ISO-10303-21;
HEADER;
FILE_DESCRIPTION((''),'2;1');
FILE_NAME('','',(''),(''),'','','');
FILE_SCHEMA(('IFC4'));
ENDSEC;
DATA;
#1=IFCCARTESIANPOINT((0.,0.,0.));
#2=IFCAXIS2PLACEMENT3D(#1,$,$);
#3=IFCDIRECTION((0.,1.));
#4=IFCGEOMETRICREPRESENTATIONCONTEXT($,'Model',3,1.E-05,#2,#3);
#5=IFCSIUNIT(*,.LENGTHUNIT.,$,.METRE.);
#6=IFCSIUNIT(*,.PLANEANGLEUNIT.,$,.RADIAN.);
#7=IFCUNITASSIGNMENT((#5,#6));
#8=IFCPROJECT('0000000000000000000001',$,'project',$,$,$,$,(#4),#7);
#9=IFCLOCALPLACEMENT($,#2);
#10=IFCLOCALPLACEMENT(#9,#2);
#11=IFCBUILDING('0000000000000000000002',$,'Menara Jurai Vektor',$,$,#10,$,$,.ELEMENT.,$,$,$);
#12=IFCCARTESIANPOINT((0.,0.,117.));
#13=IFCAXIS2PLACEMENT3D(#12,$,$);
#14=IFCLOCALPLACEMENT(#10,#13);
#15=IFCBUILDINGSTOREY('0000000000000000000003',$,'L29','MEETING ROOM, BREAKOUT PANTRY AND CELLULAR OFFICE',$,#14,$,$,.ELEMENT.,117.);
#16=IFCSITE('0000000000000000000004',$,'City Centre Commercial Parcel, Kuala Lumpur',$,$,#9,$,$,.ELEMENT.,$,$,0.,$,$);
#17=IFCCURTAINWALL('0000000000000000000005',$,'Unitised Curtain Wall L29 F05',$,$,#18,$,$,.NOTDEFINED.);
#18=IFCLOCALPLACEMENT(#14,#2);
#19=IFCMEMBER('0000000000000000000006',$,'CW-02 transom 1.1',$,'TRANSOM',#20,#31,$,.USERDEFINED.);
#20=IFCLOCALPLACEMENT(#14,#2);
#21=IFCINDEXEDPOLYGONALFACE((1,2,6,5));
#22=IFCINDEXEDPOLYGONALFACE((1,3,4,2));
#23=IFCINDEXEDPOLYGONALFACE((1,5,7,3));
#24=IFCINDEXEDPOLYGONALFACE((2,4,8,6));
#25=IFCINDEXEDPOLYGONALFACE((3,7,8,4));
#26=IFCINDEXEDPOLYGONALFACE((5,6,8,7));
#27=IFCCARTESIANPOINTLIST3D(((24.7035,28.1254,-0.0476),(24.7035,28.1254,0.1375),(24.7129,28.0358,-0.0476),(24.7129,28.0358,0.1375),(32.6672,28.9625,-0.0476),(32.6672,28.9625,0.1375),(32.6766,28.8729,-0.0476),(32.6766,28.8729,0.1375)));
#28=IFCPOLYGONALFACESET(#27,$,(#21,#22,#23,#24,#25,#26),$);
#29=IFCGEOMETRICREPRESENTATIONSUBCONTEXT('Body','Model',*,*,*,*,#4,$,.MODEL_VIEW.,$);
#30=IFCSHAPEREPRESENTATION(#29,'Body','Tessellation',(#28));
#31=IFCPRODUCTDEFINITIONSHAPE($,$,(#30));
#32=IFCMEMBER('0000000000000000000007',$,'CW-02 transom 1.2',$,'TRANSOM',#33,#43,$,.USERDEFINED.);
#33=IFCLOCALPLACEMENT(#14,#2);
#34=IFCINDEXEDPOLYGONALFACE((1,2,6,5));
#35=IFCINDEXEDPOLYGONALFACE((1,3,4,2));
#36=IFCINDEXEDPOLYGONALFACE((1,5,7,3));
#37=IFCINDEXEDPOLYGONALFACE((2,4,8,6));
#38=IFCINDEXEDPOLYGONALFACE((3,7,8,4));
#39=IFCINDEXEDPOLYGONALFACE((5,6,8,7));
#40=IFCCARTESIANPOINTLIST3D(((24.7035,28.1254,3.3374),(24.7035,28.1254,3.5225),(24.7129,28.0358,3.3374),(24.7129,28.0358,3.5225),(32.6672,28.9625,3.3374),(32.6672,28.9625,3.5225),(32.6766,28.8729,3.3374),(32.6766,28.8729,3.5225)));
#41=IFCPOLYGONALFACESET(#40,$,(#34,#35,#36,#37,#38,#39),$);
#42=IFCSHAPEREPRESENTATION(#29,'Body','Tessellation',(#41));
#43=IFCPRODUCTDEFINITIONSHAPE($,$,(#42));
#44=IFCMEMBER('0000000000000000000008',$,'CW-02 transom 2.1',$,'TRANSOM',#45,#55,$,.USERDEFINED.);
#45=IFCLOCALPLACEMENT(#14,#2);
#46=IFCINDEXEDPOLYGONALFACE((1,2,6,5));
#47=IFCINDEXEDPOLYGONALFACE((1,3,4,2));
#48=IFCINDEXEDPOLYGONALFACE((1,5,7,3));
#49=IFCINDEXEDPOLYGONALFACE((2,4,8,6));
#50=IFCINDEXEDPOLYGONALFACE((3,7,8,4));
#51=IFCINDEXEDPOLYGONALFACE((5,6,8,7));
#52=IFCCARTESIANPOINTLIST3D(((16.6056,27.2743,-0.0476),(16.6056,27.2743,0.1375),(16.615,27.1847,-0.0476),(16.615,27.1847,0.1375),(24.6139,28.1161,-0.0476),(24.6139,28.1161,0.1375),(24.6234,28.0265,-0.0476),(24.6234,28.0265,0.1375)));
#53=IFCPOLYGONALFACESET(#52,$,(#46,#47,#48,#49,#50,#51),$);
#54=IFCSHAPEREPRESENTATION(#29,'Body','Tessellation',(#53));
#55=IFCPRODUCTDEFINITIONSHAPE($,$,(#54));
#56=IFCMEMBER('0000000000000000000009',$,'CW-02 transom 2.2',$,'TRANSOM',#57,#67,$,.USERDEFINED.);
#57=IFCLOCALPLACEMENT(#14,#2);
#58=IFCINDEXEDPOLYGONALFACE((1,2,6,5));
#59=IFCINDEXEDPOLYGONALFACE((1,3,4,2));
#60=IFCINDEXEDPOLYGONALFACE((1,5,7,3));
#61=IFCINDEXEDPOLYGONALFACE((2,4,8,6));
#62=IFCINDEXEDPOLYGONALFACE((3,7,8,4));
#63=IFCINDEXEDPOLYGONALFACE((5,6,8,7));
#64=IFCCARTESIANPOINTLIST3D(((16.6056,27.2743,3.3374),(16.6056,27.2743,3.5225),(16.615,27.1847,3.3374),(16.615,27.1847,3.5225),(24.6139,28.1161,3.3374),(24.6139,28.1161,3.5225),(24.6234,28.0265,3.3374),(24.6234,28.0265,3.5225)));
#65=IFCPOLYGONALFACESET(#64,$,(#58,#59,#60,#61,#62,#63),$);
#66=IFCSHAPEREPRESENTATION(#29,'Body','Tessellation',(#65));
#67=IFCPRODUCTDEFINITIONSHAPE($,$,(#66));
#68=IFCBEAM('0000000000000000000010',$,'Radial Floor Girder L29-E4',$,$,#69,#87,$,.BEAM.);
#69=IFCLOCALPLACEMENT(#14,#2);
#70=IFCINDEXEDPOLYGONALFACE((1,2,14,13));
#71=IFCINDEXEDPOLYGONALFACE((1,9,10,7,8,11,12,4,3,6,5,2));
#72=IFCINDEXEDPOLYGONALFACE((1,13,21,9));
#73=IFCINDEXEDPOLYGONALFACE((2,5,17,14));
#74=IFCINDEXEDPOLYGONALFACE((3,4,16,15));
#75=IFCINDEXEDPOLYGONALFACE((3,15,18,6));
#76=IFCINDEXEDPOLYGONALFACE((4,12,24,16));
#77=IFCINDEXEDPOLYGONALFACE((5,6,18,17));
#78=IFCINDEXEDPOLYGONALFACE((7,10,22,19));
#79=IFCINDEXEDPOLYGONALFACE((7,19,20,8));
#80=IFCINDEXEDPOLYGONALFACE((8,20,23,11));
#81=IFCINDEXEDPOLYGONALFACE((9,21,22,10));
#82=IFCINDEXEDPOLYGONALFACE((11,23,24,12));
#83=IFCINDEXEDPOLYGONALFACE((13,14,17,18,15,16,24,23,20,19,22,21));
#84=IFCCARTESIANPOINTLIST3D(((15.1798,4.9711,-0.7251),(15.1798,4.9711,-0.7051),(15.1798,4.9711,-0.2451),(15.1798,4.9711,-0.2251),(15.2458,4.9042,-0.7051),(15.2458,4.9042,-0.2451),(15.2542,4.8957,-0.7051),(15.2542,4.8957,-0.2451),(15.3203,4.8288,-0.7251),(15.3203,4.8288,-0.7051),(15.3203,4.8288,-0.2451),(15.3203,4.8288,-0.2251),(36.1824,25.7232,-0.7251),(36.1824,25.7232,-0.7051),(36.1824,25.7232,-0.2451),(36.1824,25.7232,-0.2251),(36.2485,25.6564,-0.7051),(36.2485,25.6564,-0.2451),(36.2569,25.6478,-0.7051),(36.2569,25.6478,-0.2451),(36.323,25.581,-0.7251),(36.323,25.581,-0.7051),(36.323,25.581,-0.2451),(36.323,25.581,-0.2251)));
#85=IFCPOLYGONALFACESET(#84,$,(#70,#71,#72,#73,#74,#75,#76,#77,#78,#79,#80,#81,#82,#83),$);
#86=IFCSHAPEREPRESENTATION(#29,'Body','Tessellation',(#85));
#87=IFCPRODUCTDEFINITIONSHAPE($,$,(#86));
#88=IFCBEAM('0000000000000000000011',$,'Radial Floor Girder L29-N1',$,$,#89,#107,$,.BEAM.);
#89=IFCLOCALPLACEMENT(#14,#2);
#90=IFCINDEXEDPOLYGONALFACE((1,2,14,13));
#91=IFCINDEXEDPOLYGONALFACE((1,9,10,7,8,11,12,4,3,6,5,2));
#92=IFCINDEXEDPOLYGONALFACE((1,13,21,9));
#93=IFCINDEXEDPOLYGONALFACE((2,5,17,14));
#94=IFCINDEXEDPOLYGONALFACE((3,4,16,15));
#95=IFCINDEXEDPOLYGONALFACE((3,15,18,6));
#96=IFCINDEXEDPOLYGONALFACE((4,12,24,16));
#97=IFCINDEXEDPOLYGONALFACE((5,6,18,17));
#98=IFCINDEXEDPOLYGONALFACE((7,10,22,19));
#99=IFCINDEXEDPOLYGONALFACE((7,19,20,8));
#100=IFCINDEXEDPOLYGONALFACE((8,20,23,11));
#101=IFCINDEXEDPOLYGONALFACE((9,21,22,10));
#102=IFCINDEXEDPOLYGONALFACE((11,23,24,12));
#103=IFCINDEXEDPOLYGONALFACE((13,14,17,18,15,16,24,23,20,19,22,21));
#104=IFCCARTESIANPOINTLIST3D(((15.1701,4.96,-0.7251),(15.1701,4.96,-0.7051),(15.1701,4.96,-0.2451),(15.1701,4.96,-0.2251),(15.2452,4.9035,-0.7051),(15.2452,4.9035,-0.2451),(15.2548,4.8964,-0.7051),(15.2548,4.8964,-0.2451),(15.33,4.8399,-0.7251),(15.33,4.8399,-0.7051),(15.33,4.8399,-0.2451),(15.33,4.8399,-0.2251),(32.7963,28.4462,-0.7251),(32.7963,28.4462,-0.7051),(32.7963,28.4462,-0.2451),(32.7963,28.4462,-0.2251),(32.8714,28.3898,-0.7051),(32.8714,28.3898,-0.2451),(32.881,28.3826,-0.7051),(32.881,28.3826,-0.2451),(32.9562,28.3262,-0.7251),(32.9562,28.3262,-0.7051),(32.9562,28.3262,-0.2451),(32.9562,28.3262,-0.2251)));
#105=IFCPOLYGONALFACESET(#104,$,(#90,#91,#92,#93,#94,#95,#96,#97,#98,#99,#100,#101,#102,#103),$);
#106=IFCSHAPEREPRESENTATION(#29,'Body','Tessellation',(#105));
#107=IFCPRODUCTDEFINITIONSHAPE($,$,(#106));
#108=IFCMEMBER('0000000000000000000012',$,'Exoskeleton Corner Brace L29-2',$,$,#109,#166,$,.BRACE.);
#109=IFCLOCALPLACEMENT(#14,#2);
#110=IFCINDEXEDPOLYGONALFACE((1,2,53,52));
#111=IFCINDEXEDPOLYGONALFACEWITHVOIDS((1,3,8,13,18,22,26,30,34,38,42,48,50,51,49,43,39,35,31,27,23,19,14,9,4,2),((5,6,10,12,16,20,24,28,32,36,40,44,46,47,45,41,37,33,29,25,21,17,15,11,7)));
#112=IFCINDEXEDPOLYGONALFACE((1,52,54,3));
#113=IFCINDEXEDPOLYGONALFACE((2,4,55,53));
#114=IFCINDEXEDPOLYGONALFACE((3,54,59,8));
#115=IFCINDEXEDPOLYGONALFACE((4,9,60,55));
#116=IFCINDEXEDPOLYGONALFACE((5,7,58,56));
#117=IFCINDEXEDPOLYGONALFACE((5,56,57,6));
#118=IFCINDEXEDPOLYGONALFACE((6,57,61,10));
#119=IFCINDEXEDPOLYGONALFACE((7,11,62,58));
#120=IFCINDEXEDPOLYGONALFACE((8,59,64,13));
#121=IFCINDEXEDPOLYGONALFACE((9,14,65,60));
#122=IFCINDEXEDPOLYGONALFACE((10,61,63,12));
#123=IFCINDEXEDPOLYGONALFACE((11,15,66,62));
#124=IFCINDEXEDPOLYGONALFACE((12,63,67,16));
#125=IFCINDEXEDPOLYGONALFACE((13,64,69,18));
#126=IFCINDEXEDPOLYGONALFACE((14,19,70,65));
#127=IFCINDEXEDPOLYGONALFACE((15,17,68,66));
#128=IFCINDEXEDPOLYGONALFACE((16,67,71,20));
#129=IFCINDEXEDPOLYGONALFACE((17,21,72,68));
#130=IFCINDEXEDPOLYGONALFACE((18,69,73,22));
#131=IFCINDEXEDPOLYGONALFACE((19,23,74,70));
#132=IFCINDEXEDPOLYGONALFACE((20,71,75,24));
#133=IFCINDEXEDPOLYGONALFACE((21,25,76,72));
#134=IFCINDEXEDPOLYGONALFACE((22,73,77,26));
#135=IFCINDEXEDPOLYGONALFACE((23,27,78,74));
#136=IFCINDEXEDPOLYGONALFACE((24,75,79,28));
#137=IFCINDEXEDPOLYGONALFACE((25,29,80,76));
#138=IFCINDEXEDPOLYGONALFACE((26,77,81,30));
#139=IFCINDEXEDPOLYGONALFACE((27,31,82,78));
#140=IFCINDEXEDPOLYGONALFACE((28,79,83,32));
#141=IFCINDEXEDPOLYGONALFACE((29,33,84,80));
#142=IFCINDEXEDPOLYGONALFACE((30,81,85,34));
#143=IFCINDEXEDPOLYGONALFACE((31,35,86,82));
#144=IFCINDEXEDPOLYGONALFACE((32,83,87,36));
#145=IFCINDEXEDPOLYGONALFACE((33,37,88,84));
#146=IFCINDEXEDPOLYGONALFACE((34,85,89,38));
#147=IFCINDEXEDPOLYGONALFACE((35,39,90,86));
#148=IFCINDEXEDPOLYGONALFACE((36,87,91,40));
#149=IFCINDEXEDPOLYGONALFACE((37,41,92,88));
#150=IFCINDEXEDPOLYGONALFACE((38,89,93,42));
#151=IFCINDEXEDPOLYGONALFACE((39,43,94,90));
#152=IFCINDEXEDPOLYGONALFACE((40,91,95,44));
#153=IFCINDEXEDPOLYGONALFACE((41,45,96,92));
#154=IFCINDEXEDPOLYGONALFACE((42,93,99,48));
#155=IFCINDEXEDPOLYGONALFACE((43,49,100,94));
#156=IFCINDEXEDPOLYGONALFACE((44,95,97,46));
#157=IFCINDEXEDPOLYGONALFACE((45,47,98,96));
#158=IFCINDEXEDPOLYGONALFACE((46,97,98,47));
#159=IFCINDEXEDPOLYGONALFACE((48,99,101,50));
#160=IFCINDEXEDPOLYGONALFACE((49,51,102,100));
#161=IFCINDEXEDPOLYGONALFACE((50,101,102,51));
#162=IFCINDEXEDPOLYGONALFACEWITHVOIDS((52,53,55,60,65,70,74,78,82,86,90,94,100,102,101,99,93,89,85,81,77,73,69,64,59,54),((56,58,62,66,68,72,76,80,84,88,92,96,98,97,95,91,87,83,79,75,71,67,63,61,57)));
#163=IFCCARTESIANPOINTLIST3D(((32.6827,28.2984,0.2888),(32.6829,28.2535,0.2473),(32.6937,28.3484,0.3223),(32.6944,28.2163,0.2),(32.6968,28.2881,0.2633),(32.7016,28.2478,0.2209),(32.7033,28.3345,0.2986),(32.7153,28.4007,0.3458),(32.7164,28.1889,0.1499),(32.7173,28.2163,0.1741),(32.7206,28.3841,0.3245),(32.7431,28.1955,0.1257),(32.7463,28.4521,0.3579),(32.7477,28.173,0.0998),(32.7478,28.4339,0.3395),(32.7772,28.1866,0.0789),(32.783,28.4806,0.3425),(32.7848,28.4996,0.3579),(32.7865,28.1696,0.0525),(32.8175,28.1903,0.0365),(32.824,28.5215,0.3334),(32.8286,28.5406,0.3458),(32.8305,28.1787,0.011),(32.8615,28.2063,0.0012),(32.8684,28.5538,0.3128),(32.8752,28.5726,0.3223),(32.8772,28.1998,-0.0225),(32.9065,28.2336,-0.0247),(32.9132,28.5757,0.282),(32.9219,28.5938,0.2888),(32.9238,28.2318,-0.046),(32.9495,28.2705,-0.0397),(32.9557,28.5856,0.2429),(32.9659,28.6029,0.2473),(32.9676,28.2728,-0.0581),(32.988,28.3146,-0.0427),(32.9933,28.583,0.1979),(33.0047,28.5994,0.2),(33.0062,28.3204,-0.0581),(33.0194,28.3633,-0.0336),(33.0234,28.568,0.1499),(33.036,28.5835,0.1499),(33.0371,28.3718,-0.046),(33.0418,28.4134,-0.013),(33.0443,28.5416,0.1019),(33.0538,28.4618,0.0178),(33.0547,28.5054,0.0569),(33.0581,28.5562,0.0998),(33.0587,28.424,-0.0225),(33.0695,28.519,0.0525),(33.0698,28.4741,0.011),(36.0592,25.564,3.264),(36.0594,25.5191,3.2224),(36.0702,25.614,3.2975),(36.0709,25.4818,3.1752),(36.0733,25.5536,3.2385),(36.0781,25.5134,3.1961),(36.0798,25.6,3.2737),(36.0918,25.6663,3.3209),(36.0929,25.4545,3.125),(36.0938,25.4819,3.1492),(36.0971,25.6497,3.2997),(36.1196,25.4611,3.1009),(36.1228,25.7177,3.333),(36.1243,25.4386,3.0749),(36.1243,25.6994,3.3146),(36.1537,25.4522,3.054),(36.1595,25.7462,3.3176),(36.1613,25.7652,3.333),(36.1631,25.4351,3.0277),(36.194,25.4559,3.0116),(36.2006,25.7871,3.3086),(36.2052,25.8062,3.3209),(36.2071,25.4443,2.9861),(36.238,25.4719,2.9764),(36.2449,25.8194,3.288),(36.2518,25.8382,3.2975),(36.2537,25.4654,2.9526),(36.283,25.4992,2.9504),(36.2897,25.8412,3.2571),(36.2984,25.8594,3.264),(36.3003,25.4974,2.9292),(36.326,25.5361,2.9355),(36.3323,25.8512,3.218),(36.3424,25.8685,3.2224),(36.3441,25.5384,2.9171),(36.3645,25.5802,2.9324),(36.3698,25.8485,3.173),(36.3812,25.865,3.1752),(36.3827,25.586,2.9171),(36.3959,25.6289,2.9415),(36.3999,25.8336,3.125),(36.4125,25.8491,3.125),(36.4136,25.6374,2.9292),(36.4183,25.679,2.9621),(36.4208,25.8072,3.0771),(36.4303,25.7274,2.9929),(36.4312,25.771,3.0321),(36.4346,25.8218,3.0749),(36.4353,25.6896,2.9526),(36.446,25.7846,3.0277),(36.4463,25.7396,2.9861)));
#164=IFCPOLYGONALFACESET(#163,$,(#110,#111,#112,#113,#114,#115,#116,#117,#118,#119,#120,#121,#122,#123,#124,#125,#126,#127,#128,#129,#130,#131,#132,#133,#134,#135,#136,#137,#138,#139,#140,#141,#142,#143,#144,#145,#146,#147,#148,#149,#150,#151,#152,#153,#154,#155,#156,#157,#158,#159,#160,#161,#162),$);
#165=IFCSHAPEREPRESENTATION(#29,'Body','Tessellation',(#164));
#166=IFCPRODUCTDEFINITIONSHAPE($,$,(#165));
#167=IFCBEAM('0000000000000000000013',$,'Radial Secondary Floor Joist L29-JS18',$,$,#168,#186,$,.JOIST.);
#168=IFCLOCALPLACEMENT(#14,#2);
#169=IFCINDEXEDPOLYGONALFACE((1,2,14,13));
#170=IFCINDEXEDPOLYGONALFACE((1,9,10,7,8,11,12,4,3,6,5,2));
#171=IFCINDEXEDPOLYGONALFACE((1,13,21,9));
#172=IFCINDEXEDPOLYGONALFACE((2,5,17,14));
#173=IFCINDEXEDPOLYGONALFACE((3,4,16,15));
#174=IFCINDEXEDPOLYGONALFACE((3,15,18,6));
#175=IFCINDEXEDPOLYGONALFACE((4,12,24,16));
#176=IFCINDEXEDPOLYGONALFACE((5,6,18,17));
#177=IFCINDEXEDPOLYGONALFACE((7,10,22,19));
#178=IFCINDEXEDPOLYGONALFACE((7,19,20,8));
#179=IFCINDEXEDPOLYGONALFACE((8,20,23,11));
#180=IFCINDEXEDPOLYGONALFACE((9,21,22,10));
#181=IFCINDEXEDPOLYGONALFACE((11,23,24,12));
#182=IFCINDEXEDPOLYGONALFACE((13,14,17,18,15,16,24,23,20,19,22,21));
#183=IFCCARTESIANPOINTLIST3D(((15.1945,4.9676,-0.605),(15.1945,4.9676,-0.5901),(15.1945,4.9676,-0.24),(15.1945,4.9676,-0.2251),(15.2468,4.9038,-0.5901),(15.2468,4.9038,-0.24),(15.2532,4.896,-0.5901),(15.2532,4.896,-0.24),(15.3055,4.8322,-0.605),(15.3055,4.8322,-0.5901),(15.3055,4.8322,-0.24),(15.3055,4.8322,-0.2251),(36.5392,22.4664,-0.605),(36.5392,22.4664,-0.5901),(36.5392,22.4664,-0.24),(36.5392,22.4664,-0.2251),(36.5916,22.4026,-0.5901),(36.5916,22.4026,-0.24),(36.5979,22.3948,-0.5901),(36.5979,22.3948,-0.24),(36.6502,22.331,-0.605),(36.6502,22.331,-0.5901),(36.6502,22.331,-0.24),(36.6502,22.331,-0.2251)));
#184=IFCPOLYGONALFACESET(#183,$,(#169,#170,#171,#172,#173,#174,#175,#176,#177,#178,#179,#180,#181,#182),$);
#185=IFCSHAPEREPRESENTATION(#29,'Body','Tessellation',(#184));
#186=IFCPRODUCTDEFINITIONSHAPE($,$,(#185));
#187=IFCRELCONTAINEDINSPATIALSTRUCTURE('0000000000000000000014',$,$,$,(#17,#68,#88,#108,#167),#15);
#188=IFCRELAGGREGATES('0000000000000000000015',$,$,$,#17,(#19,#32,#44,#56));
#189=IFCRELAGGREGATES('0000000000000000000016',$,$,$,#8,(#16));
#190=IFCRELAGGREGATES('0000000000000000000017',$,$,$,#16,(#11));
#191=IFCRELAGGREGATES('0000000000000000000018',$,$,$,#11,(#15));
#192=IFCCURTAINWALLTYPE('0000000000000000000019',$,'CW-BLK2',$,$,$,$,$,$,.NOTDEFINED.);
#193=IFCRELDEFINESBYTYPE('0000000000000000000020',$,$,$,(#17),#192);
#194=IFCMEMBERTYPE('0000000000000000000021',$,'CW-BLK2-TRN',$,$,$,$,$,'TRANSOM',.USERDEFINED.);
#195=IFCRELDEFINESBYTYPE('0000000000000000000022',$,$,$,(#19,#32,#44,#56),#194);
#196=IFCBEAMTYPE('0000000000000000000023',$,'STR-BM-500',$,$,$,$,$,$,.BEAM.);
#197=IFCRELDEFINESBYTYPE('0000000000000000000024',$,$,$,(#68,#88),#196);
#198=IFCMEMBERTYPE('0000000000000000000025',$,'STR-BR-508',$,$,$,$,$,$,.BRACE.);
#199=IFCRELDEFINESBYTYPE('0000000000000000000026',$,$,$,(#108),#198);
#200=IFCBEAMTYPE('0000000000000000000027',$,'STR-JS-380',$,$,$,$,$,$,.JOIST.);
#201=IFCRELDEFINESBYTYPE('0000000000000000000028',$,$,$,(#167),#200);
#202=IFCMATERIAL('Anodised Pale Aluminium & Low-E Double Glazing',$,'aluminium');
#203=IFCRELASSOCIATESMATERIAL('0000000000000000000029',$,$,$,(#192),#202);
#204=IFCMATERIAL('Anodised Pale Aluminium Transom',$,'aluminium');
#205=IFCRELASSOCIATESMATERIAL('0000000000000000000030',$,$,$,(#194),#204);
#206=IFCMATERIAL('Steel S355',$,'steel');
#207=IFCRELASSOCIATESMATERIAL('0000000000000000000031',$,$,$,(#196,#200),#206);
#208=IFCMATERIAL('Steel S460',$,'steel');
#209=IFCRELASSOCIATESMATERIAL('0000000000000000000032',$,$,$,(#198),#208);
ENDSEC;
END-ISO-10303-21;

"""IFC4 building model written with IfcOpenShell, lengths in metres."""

from ifc_helpers import new_model, si_unit, direction, frame, origin, origin_2d, place, context, subcontext, project, spatial, rectangle, hollow_circle, i_section, extrude, material, material_profile, profile_set, type_object, element, aggregate, save


model = new_model("IFC4")

# Units and contexts
model_context = context("Model", 3, precision=1e-05, world=origin(), true_north=direction((0.0, 1.0)))
body_context = subcontext(model_context, "Body", "Model", "MODEL_VIEW")
ifc_project = project(units=[si_unit("LENGTHUNIT", "METRE"), si_unit("PLANEANGLEUNIT", "RADIAN")], contexts=[model_context])

# Site, building, storey
site_placement = place(None, origin())
site = spatial("IfcSite", under=ifc_project, at=site_placement, Name="City Centre Commercial Parcel, Kuala Lumpur", CompositionType="ELEMENT", RefElevation=0.0)
building_placement = place(site_placement, origin())
building = spatial("IfcBuilding", under=site, at=building_placement, Name="Menara Jurai Vektor", CompositionType="ELEMENT")
storey_placement = place(building_placement, frame((0.0, 0.0, 117.0)))
storey = spatial("IfcBuildingStorey", under=building, at=storey_placement, Name="L29", Description="MEETING ROOM, BREAKOUT PANTRY AND CELLULAR OFFICE", CompositionType="ELEMENT", Elevation=117.0)

# Shared definitions
ifc_material_1 = material(Name="Steel S460", Category="steel")

# Shared definitions
ifc_material_2 = material(Name="Anodised Pale Aluminium & Low-E Double Glazing", Category="aluminium")
curtain_wall_type = type_object("IfcCurtainWallType", Name="CW-BLK2", PredefinedType="NOTDEFINED", material=ifc_material_2)

# Curtain wall
curtain_wall_1_placement = place(storey_placement, origin())
curtain_wall_1 = element("IfcCurtainWall", 1, at=curtain_wall_1_placement, inside=storey, type_object=curtain_wall_type, Name="Unitised Curtain Wall L29 F05", PredefinedType="NOTDEFINED")

# Members
ifc_material_3 = material(Name="Anodised Pale Aluminium Transom", Category="aluminium")
ifc_material_profile_1 = material_profile(ifc_material_3, rectangle(XDim=0.0901, YDim=0.1851, at=origin_2d()), Name="ALU TRN 90x185")
ifc_profile_set_1 = profile_set([ifc_material_profile_1], Name="Anodised Pale Aluminium Transom")
member_type_1 = type_object("IfcMemberType", Name="CW-BLK2-TRN", ElementType="TRANSOM", PredefinedType="USERDEFINED", material=ifc_profile_set_1)
member_1_placement = place(storey_placement, frame((32.6719, 28.9177, 0.0449), z_axis=(-0.99452, -0.104547, 0.0), x_axis=(0.104547, -0.99452, 0.0)))
member_1 = element("IfcMember", 2, at=member_1_placement, type_object=member_type_1, Name="CW-02 transom 1.1", ObjectType="TRANSOM", PredefinedType="USERDEFINED", context=body_context, shape_type="SweptSolid", body=[
    extrude(rectangle(XDim=0.0901, YDim=0.1851, at=origin_2d()), origin(), (0.0, 0.0, 1.0), 8.0076),
])
member_2_placement = place(storey_placement, frame((32.6719, 28.9177, 3.4299), z_axis=(-0.99452, -0.104547, 0.0), x_axis=(0.104547, -0.99452, 0.0)))
member_2 = element("IfcMember", 3, at=member_2_placement, type_object=member_type_1, Name="CW-02 transom 1.2", ObjectType="TRANSOM", PredefinedType="USERDEFINED", context=body_context, shape_type="SweptSolid", body=[
    extrude(rectangle(XDim=0.0901, YDim=0.1851, at=origin_2d()), origin(), (0.0, 0.0, 1.0), 8.0076),
])
member_3_placement = place(storey_placement, frame((24.6187, 28.0713, 0.0449), z_axis=(-0.994521, -0.10454, 0.0), x_axis=(0.10454, -0.994521, 0.0)))
member_3 = element("IfcMember", 4, at=member_3_placement, type_object=member_type_1, Name="CW-02 transom 2.1", ObjectType="TRANSOM", PredefinedType="USERDEFINED", context=body_context, shape_type="SweptSolid", body=[
    extrude(rectangle(XDim=0.0901, YDim=0.1851, at=origin_2d()), origin(), (0.0, 0.0, 1.0), 8.0525),
])
member_4_placement = place(storey_placement, frame((24.6187, 28.0713, 3.4299), z_axis=(-0.994521, -0.10454, 0.0), x_axis=(0.10454, -0.994521, 0.0)))
member_4 = element("IfcMember", 5, at=member_4_placement, type_object=member_type_1, Name="CW-02 transom 2.2", ObjectType="TRANSOM", PredefinedType="USERDEFINED", context=body_context, shape_type="SweptSolid", body=[
    extrude(rectangle(XDim=0.0901, YDim=0.1851, at=origin_2d()), origin(), (0.0, 0.0, 1.0), 8.0525),
])

# Beams
ifc_material_4 = material(Name="Steel S355", Category="steel")
ifc_material_profile_2 = material_profile(ifc_material_4, i_section(OverallWidth=0.2, OverallDepth=0.5, WebThickness=0.012, FlangeThickness=0.02, at=origin_2d()), Name="PG 500x200x96")
ifc_profile_set_2 = profile_set([ifc_material_profile_2], Name="Steel S355")
beam_type_1 = type_object("IfcBeamType", Name="STR-BM-500", PredefinedType="BEAM", material=ifc_profile_set_2)
beam_1_placement = place(storey_placement, frame((36.2527, 25.6521, -0.4751), z_axis=(-0.711336, -0.702852, 0.0), x_axis=(0.702852, -0.711336, 0.0)))
element("IfcBeam", 6, at=beam_1_placement, inside=storey, type_object=beam_type_1, Name="Radial Floor Girder L29-E4", PredefinedType="BEAM", context=body_context, shape_type="SweptSolid", body=[
    extrude(i_section(OverallWidth=0.2, OverallDepth=0.5, WebThickness=0.012, FlangeThickness=0.02, at=origin_2d()), origin(), (0.0, 0.0, 1.0), 29.5256),
])
beam_2_placement = place(storey_placement, frame((32.8762, 28.3862, -0.4751), z_axis=(-0.60025, -0.799812, 0.0), x_axis=(0.799812, -0.60025, 0.0)))
element("IfcBeam", 7, at=beam_2_placement, inside=storey, type_object=beam_type_1, Name="Radial Floor Girder L29-N1", PredefinedType="BEAM", context=body_context, shape_type="SweptSolid", body=[
    extrude(i_section(OverallWidth=0.2, OverallDepth=0.5, WebThickness=0.012, FlangeThickness=0.02, at=origin_2d()), origin(), (0.0, 0.0, 1.0), 29.3647),
])

# Member
ifc_material_profile_3 = material_profile(ifc_material_1, hollow_circle(Radius=0.2539, WallThickness=0.02, at=origin_2d()), Name="CHS 508x20")
ifc_profile_set_3 = profile_set([ifc_material_profile_3], Name="Steel S460")
member_type_2 = type_object("IfcMemberType", Name="STR-BR-508", PredefinedType="BRACE", material=ifc_profile_set_3)
member_5_placement = place(storey_placement, frame((32.8762, 28.3862, 0.1499), z_axis=(0.641208, -0.519272, 0.564986), x_axis=(0.629344, 0.777127, 0.0)))
element("IfcMember", 8, at=member_5_placement, inside=storey, type_object=member_type_2, Name="Exoskeleton Corner Brace L29-2", PredefinedType="BRACE", context=body_context, shape_type="SweptSolid", body=[
    extrude(hollow_circle(Radius=0.2539, WallThickness=0.02, at=origin_2d()), origin(), (0.0, 0.0, 1.0), 5.2659),
])

# Beam
ifc_material_profile_4 = material_profile(ifc_material_4, i_section(OverallWidth=0.175, OverallDepth=0.3799, WebThickness=0.01, FlangeThickness=0.0149, at=origin_2d()), Name="PG 380x175x58")
ifc_profile_set_4 = profile_set([ifc_material_profile_4], Name="Steel S355")
beam_type_2 = type_object("IfcBeamType", Name="STR-JS-380", PredefinedType="JOIST", material=ifc_profile_set_4)
beam_3_placement = place(storey_placement, frame((36.5947, 22.3987, -0.415), z_axis=(-0.773337, -0.633995, 0.0), x_axis=(0.633995, -0.773337, 0.0)))
element("IfcBeam", 9, at=beam_3_placement, inside=storey, type_object=beam_type_2, Name="Radial Secondary Floor Joist L29-JS18", PredefinedType="JOIST", context=body_context, shape_type="SweptSolid", body=[
    extrude(i_section(OverallWidth=0.175, OverallDepth=0.3799, WebThickness=0.01, FlangeThickness=0.0149, at=origin_2d()), origin(), (0.0, 0.0, 1.0), 27.6008),
])

aggregate(curtain_wall_1, [member_1, member_2, member_3, member_4])

save(model, "model.ifc")
